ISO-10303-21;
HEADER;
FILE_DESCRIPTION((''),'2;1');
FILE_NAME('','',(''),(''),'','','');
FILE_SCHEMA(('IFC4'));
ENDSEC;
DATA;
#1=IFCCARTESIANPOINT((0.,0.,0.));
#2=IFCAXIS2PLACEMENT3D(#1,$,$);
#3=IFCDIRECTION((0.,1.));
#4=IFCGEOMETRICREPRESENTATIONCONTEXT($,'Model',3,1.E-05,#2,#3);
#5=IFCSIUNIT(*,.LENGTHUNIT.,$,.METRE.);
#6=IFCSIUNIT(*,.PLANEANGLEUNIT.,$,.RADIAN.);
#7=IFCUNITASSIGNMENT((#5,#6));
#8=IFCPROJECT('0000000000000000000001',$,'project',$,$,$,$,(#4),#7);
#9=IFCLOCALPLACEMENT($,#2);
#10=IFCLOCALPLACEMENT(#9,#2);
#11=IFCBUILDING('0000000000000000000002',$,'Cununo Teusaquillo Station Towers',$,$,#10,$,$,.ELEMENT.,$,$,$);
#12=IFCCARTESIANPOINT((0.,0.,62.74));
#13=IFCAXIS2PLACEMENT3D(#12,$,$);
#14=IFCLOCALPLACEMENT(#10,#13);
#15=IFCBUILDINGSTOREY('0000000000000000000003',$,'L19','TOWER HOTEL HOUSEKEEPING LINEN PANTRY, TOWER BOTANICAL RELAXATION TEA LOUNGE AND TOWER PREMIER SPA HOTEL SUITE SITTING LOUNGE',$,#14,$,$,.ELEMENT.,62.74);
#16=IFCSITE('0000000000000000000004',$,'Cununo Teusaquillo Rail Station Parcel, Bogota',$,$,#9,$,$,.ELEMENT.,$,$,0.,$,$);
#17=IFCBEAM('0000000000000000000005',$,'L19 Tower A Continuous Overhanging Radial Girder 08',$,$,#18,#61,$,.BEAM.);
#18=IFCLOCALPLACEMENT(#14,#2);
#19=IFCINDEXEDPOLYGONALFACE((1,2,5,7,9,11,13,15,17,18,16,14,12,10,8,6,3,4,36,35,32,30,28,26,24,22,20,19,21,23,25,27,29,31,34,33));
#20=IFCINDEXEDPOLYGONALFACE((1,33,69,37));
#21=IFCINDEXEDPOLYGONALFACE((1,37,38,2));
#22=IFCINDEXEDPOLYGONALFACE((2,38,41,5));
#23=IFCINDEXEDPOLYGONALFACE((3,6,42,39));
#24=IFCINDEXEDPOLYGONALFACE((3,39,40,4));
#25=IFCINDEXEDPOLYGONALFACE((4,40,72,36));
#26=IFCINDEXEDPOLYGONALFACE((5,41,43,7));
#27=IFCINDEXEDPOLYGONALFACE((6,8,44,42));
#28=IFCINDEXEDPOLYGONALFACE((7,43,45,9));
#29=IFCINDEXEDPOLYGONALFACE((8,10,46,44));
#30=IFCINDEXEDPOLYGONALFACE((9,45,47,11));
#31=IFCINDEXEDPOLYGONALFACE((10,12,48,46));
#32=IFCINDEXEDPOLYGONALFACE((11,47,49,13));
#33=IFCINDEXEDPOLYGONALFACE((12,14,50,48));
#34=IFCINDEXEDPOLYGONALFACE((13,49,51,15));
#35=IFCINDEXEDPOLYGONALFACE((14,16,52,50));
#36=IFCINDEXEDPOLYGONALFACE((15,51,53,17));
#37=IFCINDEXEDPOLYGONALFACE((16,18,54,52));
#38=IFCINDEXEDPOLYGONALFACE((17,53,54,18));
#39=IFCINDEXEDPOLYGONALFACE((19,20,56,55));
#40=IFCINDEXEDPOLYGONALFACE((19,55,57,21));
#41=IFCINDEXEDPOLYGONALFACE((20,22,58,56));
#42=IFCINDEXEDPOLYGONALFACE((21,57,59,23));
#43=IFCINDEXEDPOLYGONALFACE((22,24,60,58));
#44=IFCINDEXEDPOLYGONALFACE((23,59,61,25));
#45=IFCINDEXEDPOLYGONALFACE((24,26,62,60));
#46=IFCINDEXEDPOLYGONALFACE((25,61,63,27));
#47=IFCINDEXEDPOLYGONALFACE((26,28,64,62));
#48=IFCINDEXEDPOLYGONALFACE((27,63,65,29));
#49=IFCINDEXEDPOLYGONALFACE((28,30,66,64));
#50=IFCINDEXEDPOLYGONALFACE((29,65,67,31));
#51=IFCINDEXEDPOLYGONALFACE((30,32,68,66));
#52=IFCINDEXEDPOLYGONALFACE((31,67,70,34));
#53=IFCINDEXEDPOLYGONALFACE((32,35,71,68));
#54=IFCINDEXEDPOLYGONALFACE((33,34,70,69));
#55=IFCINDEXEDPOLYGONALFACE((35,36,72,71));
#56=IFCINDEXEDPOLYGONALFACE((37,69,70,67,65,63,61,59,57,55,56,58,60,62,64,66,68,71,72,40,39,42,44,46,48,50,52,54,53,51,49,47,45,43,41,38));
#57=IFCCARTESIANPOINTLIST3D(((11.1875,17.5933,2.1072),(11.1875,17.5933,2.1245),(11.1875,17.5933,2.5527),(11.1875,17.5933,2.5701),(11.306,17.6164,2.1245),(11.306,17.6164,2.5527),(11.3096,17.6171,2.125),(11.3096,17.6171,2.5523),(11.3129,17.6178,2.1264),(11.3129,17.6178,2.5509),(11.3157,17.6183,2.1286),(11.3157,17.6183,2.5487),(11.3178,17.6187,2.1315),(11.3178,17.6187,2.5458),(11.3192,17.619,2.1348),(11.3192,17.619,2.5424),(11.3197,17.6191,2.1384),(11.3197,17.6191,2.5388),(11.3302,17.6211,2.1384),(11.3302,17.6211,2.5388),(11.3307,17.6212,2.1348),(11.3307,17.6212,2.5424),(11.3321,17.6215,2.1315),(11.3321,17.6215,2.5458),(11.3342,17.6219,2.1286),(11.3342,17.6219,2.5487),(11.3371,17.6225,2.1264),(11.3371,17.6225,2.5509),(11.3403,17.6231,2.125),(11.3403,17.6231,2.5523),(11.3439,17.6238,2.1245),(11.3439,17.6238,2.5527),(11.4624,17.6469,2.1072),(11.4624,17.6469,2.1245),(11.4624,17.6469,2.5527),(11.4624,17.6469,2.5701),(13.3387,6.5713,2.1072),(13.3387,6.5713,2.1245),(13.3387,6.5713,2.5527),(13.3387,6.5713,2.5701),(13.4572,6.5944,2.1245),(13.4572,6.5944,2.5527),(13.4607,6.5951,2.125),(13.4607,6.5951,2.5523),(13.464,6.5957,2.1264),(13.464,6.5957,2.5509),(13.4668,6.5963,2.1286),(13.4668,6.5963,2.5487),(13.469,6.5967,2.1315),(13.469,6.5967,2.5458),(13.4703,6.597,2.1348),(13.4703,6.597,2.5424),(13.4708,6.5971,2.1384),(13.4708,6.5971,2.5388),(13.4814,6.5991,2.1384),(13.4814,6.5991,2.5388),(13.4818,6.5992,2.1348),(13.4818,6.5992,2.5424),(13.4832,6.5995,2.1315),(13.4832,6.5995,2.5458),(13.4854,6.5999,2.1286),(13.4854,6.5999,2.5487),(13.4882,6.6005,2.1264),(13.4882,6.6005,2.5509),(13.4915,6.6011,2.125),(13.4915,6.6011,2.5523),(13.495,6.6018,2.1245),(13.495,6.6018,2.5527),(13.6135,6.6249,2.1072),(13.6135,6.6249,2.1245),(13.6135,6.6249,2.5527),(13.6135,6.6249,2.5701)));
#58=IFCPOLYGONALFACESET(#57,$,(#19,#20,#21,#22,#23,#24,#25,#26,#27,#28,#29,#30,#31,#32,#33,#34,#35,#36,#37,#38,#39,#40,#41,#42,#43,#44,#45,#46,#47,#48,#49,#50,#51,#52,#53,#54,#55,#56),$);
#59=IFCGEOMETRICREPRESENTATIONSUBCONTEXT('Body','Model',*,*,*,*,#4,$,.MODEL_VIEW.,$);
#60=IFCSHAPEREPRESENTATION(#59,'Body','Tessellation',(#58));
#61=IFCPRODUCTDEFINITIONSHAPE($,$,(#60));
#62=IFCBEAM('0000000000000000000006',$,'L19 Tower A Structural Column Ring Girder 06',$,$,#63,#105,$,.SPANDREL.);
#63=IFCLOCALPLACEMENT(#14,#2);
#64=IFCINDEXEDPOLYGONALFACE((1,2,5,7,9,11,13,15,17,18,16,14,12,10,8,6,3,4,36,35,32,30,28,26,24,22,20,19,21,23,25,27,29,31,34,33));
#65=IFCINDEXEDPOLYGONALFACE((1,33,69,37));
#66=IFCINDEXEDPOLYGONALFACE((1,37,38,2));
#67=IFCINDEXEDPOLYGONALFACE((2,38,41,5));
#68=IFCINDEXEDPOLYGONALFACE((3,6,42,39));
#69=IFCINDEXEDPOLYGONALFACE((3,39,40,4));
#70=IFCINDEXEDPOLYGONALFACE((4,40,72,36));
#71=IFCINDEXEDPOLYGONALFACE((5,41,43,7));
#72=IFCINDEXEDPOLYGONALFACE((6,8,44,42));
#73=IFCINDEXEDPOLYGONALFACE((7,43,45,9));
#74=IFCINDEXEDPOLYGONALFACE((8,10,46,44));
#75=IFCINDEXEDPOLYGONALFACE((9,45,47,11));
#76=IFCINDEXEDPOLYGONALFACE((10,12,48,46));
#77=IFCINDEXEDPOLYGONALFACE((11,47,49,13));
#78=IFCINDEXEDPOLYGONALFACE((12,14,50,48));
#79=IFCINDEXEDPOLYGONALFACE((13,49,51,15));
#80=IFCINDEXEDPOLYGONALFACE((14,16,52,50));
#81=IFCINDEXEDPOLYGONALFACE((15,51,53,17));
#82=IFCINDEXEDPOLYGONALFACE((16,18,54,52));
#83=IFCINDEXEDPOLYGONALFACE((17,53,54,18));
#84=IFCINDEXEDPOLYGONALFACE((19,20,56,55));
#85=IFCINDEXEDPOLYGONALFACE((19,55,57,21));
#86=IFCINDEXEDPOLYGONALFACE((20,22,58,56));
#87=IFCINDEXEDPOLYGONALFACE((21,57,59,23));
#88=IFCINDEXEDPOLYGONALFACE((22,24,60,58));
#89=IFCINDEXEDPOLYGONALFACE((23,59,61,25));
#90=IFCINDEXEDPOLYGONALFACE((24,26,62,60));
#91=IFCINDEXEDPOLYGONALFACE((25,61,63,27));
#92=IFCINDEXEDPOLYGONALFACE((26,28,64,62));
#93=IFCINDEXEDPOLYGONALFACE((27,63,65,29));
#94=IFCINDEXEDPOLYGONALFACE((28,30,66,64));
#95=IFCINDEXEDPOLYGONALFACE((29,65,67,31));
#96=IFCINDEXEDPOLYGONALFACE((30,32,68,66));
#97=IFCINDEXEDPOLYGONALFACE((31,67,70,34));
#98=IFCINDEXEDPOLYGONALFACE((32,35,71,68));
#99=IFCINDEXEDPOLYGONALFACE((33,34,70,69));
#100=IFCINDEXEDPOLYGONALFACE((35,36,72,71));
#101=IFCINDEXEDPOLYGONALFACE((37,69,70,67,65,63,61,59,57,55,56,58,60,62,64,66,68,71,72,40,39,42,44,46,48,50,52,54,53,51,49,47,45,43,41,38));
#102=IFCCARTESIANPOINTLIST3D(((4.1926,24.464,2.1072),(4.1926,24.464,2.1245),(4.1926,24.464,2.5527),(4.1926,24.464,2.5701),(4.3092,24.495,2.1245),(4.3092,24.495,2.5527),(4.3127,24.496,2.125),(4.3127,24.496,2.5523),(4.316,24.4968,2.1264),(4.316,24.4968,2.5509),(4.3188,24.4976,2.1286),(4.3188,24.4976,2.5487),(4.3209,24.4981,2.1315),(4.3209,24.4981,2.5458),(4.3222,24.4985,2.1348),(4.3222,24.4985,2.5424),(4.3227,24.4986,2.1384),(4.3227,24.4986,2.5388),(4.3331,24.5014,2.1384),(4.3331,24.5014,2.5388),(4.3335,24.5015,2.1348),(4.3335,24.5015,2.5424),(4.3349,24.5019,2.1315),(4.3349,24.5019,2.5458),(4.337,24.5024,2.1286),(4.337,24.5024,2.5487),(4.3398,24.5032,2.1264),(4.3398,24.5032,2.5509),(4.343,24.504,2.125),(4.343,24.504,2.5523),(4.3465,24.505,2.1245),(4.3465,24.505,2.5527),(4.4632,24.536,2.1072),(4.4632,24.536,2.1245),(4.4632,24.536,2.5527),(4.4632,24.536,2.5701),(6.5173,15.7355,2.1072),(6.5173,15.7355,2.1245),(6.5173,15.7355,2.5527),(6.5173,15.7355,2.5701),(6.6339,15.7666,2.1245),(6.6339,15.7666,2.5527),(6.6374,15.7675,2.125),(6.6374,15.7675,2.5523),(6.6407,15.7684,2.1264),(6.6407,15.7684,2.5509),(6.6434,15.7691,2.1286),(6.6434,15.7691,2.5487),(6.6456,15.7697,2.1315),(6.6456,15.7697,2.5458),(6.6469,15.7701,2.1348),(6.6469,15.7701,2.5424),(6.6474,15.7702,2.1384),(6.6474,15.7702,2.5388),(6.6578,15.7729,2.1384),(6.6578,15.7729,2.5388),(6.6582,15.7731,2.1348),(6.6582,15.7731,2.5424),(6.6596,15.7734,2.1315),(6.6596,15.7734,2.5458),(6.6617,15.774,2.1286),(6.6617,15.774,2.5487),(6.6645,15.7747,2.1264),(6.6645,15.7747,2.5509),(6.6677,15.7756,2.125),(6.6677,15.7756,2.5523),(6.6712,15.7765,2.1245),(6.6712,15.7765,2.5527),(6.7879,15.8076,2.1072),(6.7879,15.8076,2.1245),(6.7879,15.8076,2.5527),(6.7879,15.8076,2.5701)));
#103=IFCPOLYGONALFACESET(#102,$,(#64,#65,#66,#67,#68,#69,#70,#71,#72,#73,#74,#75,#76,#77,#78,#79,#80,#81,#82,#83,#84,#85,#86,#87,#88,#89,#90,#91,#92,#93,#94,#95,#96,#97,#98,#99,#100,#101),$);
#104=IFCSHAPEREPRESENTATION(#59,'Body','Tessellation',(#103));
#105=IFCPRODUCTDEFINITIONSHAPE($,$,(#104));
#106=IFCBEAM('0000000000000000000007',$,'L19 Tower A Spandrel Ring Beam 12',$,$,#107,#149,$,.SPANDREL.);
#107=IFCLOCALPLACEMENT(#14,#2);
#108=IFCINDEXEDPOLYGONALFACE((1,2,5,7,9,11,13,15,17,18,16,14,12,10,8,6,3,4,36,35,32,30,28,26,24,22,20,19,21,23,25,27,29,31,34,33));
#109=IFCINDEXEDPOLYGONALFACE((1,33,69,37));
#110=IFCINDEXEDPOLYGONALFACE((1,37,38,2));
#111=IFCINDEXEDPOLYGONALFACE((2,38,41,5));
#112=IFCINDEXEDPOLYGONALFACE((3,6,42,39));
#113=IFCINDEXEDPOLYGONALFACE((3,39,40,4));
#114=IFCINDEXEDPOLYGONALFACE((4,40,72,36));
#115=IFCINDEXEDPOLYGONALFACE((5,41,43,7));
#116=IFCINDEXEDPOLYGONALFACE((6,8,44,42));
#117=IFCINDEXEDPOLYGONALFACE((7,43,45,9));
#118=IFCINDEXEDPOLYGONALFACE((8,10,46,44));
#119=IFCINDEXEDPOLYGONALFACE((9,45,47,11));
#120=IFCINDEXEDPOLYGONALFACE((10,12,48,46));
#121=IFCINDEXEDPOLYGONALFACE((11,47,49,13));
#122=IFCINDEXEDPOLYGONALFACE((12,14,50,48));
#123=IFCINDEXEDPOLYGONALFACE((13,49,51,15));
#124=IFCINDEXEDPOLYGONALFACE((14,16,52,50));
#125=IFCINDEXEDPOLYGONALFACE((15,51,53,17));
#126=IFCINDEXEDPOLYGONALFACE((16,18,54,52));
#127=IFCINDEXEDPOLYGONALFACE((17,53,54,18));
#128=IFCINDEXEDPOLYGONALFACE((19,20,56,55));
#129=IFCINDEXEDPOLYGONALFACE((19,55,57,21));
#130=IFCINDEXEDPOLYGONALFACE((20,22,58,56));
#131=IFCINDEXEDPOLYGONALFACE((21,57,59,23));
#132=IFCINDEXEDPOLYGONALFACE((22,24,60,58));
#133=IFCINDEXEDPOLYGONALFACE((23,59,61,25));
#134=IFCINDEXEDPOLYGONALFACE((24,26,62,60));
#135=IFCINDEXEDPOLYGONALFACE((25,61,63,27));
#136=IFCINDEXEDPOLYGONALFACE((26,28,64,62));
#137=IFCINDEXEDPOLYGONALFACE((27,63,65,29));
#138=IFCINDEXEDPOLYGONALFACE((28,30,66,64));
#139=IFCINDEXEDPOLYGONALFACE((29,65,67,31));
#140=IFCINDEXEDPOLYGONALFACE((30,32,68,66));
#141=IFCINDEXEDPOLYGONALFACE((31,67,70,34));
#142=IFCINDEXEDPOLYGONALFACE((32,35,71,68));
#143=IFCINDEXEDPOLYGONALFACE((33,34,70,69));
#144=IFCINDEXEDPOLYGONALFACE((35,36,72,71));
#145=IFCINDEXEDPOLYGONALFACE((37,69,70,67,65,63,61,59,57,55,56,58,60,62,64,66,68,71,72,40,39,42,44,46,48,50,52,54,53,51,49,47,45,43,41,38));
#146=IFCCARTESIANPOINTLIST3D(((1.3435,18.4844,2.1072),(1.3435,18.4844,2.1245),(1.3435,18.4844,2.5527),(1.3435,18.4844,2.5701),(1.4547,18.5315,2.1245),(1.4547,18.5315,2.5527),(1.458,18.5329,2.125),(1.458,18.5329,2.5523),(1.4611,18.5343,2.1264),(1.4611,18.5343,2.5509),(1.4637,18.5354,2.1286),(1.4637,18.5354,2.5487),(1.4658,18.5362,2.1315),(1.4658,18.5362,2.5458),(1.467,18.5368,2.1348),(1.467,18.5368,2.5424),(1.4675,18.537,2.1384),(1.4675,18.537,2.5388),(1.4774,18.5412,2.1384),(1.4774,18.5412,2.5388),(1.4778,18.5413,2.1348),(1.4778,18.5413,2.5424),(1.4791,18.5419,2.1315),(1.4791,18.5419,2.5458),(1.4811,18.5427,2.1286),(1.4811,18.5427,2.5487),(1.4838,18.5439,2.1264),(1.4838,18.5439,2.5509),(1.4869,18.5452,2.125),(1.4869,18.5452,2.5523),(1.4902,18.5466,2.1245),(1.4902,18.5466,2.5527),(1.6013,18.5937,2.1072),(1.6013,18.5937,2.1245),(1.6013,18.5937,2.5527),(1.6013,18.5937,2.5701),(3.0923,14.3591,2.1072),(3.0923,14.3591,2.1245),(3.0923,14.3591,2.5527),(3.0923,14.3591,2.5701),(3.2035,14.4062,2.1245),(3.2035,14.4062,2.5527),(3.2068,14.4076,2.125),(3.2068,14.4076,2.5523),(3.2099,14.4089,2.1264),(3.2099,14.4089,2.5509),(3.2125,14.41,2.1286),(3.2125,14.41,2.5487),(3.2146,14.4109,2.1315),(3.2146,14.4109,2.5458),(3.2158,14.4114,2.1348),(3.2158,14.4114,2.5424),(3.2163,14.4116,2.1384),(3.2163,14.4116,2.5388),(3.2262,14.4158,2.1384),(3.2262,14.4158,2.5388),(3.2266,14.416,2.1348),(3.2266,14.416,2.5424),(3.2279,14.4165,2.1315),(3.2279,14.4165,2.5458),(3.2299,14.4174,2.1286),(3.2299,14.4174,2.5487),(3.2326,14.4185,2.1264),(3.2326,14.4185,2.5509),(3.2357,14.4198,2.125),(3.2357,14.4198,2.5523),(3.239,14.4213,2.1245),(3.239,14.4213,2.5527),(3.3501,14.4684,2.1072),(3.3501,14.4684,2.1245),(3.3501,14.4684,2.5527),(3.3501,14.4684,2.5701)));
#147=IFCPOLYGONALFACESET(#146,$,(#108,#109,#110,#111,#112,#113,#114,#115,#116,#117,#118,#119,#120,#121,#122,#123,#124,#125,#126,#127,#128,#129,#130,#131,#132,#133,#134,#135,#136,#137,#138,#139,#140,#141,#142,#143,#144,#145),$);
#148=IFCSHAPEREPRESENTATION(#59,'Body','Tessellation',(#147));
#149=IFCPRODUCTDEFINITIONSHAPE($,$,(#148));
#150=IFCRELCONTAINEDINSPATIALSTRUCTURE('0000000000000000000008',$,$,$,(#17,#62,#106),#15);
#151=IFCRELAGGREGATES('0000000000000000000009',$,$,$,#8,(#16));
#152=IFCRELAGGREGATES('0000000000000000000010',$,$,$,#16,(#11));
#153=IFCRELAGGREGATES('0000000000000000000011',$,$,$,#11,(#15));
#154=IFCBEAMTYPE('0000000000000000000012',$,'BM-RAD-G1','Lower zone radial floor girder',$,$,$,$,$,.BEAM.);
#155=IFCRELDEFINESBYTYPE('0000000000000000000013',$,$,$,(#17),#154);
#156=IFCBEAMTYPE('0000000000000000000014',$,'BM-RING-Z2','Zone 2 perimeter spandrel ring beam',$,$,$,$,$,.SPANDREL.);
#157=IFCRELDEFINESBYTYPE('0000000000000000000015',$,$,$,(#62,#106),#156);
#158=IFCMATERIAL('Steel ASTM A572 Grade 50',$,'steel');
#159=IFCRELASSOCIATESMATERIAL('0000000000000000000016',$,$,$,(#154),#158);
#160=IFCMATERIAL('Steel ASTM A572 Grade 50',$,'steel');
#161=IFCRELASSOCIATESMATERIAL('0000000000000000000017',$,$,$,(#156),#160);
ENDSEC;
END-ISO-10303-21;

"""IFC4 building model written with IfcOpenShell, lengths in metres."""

from ifc_helpers import new_model, si_unit, direction, frame, origin, origin_2d, place, context, subcontext, project, spatial, i_section, extrude, material, material_profile, profile_set, type_object, element, save


model = new_model("IFC4")

# Units and contexts
model_context = context("Model", 3, precision=1e-05, world=origin(), true_north=direction((0.0, 1.0)))
body_context = subcontext(model_context, "Body", "Model", "MODEL_VIEW")
ifc_project = project(units=[si_unit("LENGTHUNIT", "METRE"), si_unit("PLANEANGLEUNIT", "RADIAN")], contexts=[model_context])

# Site, building, storey
site_placement = place(None, origin())
site = spatial("IfcSite", under=ifc_project, at=site_placement, Name="Cununo Teusaquillo Rail Station Parcel, Bogota", CompositionType="ELEMENT", RefElevation=0.0)
building_placement = place(site_placement, origin())
building = spatial("IfcBuilding", under=site, at=building_placement, Name="Cununo Teusaquillo Station Towers", CompositionType="ELEMENT")
storey_placement = place(building_placement, frame((0.0, 0.0, 62.74)))
storey = spatial("IfcBuildingStorey", under=building, at=storey_placement, Name="L19", Description="TOWER HOTEL HOUSEKEEPING LINEN PANTRY, TOWER BOTANICAL RELAXATION TEA LOUNGE AND TOWER PREMIER SPA HOTEL SUITE SITTING LOUNGE", CompositionType="ELEMENT", Elevation=62.74)

# Beams
ifc_material_1 = material(Name="Steel ASTM A572 Grade 50", Category="steel")
ifc_material_profile_1 = material_profile(ifc_material_1, i_section(OverallWidth=0.28, OverallDepth=0.4629, WebThickness=0.0107, FlangeThickness=0.0173, FilletRadius=0.0139, at=origin_2d()), Name="W18X76")
ifc_profile_set_1 = profile_set([ifc_material_profile_1], Name="Steel ASTM A572 Grade 50")
beam_type_1 = type_object("IfcBeamType", Name="BM-RAD-G1", Description="Lower zone radial floor girder", PredefinedType="BEAM", material=ifc_profile_set_1)
beam_1_placement = place(storey_placement, frame((11.325, 17.6201, 2.3386), z_axis=(0.191553, -0.981482, 0.0), x_axis=(0.981482, 0.191553, 0.0)))
element("IfcBeam", 1, at=beam_1_placement, inside=storey, type_object=beam_type_1, Name="L19 Tower A Continuous Overhanging Radial Girder 08", PredefinedType="BEAM", context=body_context, shape_type="SweptSolid", body=[
    extrude(i_section(OverallWidth=0.28, OverallDepth=0.4629, WebThickness=0.0107, FlangeThickness=0.0173, FilletRadius=0.0139, at=origin_2d()), origin(), (0.0, 0.0, 1.0), 11.23),
])
ifc_material_2 = material(Name="Steel ASTM A572 Grade 50", Category="steel")
ifc_material_profile_2 = material_profile(ifc_material_2, i_section(OverallWidth=0.28, OverallDepth=0.4629, WebThickness=0.0107, FlangeThickness=0.0173, FilletRadius=0.0139, at=origin_2d()), Name="W18X76")
ifc_profile_set_2 = profile_set([ifc_material_profile_2], Name="Steel ASTM A572 Grade 50")
beam_type_2 = type_object("IfcBeamType", Name="BM-RING-Z2", Description="Zone 2 perimeter spandrel ring beam", PredefinedType="SPANDREL", material=ifc_profile_set_2)
beam_2_placement = place(storey_placement, frame((4.3279, 24.5, 2.3386), z_axis=(0.257363, -0.966315, 0.0), x_axis=(0.966315, 0.257363, 0.0)))
element("IfcBeam", 2, at=beam_2_placement, inside=storey, type_object=beam_type_2, Name="L19 Tower A Structural Column Ring Girder 06", PredefinedType="SPANDREL", context=body_context, shape_type="SweptSolid", body=[
    extrude(i_section(OverallWidth=0.28, OverallDepth=0.4629, WebThickness=0.0107, FlangeThickness=0.0173, FilletRadius=0.0139, at=origin_2d()), origin(), (0.0, 0.0, 1.0), 9.0327),
])
beam_3_placement = place(storey_placement, frame((1.4724, 18.5391, 2.3386), z_axis=(0.390299, -0.920688, 0.0), x_axis=(0.920688, 0.390299, 0.0)))
element("IfcBeam", 3, at=beam_3_placement, inside=storey, type_object=beam_type_2, Name="L19 Tower A Spandrel Ring Beam 12", PredefinedType="SPANDREL", context=body_context, shape_type="SweptSolid", body=[
    extrude(i_section(OverallWidth=0.28, OverallDepth=0.4629, WebThickness=0.0107, FlangeThickness=0.0173, FilletRadius=0.0139, at=origin_2d()), origin(), (0.0, 0.0, 1.0), 4.4807),
])

save(model, "model.ifc")
